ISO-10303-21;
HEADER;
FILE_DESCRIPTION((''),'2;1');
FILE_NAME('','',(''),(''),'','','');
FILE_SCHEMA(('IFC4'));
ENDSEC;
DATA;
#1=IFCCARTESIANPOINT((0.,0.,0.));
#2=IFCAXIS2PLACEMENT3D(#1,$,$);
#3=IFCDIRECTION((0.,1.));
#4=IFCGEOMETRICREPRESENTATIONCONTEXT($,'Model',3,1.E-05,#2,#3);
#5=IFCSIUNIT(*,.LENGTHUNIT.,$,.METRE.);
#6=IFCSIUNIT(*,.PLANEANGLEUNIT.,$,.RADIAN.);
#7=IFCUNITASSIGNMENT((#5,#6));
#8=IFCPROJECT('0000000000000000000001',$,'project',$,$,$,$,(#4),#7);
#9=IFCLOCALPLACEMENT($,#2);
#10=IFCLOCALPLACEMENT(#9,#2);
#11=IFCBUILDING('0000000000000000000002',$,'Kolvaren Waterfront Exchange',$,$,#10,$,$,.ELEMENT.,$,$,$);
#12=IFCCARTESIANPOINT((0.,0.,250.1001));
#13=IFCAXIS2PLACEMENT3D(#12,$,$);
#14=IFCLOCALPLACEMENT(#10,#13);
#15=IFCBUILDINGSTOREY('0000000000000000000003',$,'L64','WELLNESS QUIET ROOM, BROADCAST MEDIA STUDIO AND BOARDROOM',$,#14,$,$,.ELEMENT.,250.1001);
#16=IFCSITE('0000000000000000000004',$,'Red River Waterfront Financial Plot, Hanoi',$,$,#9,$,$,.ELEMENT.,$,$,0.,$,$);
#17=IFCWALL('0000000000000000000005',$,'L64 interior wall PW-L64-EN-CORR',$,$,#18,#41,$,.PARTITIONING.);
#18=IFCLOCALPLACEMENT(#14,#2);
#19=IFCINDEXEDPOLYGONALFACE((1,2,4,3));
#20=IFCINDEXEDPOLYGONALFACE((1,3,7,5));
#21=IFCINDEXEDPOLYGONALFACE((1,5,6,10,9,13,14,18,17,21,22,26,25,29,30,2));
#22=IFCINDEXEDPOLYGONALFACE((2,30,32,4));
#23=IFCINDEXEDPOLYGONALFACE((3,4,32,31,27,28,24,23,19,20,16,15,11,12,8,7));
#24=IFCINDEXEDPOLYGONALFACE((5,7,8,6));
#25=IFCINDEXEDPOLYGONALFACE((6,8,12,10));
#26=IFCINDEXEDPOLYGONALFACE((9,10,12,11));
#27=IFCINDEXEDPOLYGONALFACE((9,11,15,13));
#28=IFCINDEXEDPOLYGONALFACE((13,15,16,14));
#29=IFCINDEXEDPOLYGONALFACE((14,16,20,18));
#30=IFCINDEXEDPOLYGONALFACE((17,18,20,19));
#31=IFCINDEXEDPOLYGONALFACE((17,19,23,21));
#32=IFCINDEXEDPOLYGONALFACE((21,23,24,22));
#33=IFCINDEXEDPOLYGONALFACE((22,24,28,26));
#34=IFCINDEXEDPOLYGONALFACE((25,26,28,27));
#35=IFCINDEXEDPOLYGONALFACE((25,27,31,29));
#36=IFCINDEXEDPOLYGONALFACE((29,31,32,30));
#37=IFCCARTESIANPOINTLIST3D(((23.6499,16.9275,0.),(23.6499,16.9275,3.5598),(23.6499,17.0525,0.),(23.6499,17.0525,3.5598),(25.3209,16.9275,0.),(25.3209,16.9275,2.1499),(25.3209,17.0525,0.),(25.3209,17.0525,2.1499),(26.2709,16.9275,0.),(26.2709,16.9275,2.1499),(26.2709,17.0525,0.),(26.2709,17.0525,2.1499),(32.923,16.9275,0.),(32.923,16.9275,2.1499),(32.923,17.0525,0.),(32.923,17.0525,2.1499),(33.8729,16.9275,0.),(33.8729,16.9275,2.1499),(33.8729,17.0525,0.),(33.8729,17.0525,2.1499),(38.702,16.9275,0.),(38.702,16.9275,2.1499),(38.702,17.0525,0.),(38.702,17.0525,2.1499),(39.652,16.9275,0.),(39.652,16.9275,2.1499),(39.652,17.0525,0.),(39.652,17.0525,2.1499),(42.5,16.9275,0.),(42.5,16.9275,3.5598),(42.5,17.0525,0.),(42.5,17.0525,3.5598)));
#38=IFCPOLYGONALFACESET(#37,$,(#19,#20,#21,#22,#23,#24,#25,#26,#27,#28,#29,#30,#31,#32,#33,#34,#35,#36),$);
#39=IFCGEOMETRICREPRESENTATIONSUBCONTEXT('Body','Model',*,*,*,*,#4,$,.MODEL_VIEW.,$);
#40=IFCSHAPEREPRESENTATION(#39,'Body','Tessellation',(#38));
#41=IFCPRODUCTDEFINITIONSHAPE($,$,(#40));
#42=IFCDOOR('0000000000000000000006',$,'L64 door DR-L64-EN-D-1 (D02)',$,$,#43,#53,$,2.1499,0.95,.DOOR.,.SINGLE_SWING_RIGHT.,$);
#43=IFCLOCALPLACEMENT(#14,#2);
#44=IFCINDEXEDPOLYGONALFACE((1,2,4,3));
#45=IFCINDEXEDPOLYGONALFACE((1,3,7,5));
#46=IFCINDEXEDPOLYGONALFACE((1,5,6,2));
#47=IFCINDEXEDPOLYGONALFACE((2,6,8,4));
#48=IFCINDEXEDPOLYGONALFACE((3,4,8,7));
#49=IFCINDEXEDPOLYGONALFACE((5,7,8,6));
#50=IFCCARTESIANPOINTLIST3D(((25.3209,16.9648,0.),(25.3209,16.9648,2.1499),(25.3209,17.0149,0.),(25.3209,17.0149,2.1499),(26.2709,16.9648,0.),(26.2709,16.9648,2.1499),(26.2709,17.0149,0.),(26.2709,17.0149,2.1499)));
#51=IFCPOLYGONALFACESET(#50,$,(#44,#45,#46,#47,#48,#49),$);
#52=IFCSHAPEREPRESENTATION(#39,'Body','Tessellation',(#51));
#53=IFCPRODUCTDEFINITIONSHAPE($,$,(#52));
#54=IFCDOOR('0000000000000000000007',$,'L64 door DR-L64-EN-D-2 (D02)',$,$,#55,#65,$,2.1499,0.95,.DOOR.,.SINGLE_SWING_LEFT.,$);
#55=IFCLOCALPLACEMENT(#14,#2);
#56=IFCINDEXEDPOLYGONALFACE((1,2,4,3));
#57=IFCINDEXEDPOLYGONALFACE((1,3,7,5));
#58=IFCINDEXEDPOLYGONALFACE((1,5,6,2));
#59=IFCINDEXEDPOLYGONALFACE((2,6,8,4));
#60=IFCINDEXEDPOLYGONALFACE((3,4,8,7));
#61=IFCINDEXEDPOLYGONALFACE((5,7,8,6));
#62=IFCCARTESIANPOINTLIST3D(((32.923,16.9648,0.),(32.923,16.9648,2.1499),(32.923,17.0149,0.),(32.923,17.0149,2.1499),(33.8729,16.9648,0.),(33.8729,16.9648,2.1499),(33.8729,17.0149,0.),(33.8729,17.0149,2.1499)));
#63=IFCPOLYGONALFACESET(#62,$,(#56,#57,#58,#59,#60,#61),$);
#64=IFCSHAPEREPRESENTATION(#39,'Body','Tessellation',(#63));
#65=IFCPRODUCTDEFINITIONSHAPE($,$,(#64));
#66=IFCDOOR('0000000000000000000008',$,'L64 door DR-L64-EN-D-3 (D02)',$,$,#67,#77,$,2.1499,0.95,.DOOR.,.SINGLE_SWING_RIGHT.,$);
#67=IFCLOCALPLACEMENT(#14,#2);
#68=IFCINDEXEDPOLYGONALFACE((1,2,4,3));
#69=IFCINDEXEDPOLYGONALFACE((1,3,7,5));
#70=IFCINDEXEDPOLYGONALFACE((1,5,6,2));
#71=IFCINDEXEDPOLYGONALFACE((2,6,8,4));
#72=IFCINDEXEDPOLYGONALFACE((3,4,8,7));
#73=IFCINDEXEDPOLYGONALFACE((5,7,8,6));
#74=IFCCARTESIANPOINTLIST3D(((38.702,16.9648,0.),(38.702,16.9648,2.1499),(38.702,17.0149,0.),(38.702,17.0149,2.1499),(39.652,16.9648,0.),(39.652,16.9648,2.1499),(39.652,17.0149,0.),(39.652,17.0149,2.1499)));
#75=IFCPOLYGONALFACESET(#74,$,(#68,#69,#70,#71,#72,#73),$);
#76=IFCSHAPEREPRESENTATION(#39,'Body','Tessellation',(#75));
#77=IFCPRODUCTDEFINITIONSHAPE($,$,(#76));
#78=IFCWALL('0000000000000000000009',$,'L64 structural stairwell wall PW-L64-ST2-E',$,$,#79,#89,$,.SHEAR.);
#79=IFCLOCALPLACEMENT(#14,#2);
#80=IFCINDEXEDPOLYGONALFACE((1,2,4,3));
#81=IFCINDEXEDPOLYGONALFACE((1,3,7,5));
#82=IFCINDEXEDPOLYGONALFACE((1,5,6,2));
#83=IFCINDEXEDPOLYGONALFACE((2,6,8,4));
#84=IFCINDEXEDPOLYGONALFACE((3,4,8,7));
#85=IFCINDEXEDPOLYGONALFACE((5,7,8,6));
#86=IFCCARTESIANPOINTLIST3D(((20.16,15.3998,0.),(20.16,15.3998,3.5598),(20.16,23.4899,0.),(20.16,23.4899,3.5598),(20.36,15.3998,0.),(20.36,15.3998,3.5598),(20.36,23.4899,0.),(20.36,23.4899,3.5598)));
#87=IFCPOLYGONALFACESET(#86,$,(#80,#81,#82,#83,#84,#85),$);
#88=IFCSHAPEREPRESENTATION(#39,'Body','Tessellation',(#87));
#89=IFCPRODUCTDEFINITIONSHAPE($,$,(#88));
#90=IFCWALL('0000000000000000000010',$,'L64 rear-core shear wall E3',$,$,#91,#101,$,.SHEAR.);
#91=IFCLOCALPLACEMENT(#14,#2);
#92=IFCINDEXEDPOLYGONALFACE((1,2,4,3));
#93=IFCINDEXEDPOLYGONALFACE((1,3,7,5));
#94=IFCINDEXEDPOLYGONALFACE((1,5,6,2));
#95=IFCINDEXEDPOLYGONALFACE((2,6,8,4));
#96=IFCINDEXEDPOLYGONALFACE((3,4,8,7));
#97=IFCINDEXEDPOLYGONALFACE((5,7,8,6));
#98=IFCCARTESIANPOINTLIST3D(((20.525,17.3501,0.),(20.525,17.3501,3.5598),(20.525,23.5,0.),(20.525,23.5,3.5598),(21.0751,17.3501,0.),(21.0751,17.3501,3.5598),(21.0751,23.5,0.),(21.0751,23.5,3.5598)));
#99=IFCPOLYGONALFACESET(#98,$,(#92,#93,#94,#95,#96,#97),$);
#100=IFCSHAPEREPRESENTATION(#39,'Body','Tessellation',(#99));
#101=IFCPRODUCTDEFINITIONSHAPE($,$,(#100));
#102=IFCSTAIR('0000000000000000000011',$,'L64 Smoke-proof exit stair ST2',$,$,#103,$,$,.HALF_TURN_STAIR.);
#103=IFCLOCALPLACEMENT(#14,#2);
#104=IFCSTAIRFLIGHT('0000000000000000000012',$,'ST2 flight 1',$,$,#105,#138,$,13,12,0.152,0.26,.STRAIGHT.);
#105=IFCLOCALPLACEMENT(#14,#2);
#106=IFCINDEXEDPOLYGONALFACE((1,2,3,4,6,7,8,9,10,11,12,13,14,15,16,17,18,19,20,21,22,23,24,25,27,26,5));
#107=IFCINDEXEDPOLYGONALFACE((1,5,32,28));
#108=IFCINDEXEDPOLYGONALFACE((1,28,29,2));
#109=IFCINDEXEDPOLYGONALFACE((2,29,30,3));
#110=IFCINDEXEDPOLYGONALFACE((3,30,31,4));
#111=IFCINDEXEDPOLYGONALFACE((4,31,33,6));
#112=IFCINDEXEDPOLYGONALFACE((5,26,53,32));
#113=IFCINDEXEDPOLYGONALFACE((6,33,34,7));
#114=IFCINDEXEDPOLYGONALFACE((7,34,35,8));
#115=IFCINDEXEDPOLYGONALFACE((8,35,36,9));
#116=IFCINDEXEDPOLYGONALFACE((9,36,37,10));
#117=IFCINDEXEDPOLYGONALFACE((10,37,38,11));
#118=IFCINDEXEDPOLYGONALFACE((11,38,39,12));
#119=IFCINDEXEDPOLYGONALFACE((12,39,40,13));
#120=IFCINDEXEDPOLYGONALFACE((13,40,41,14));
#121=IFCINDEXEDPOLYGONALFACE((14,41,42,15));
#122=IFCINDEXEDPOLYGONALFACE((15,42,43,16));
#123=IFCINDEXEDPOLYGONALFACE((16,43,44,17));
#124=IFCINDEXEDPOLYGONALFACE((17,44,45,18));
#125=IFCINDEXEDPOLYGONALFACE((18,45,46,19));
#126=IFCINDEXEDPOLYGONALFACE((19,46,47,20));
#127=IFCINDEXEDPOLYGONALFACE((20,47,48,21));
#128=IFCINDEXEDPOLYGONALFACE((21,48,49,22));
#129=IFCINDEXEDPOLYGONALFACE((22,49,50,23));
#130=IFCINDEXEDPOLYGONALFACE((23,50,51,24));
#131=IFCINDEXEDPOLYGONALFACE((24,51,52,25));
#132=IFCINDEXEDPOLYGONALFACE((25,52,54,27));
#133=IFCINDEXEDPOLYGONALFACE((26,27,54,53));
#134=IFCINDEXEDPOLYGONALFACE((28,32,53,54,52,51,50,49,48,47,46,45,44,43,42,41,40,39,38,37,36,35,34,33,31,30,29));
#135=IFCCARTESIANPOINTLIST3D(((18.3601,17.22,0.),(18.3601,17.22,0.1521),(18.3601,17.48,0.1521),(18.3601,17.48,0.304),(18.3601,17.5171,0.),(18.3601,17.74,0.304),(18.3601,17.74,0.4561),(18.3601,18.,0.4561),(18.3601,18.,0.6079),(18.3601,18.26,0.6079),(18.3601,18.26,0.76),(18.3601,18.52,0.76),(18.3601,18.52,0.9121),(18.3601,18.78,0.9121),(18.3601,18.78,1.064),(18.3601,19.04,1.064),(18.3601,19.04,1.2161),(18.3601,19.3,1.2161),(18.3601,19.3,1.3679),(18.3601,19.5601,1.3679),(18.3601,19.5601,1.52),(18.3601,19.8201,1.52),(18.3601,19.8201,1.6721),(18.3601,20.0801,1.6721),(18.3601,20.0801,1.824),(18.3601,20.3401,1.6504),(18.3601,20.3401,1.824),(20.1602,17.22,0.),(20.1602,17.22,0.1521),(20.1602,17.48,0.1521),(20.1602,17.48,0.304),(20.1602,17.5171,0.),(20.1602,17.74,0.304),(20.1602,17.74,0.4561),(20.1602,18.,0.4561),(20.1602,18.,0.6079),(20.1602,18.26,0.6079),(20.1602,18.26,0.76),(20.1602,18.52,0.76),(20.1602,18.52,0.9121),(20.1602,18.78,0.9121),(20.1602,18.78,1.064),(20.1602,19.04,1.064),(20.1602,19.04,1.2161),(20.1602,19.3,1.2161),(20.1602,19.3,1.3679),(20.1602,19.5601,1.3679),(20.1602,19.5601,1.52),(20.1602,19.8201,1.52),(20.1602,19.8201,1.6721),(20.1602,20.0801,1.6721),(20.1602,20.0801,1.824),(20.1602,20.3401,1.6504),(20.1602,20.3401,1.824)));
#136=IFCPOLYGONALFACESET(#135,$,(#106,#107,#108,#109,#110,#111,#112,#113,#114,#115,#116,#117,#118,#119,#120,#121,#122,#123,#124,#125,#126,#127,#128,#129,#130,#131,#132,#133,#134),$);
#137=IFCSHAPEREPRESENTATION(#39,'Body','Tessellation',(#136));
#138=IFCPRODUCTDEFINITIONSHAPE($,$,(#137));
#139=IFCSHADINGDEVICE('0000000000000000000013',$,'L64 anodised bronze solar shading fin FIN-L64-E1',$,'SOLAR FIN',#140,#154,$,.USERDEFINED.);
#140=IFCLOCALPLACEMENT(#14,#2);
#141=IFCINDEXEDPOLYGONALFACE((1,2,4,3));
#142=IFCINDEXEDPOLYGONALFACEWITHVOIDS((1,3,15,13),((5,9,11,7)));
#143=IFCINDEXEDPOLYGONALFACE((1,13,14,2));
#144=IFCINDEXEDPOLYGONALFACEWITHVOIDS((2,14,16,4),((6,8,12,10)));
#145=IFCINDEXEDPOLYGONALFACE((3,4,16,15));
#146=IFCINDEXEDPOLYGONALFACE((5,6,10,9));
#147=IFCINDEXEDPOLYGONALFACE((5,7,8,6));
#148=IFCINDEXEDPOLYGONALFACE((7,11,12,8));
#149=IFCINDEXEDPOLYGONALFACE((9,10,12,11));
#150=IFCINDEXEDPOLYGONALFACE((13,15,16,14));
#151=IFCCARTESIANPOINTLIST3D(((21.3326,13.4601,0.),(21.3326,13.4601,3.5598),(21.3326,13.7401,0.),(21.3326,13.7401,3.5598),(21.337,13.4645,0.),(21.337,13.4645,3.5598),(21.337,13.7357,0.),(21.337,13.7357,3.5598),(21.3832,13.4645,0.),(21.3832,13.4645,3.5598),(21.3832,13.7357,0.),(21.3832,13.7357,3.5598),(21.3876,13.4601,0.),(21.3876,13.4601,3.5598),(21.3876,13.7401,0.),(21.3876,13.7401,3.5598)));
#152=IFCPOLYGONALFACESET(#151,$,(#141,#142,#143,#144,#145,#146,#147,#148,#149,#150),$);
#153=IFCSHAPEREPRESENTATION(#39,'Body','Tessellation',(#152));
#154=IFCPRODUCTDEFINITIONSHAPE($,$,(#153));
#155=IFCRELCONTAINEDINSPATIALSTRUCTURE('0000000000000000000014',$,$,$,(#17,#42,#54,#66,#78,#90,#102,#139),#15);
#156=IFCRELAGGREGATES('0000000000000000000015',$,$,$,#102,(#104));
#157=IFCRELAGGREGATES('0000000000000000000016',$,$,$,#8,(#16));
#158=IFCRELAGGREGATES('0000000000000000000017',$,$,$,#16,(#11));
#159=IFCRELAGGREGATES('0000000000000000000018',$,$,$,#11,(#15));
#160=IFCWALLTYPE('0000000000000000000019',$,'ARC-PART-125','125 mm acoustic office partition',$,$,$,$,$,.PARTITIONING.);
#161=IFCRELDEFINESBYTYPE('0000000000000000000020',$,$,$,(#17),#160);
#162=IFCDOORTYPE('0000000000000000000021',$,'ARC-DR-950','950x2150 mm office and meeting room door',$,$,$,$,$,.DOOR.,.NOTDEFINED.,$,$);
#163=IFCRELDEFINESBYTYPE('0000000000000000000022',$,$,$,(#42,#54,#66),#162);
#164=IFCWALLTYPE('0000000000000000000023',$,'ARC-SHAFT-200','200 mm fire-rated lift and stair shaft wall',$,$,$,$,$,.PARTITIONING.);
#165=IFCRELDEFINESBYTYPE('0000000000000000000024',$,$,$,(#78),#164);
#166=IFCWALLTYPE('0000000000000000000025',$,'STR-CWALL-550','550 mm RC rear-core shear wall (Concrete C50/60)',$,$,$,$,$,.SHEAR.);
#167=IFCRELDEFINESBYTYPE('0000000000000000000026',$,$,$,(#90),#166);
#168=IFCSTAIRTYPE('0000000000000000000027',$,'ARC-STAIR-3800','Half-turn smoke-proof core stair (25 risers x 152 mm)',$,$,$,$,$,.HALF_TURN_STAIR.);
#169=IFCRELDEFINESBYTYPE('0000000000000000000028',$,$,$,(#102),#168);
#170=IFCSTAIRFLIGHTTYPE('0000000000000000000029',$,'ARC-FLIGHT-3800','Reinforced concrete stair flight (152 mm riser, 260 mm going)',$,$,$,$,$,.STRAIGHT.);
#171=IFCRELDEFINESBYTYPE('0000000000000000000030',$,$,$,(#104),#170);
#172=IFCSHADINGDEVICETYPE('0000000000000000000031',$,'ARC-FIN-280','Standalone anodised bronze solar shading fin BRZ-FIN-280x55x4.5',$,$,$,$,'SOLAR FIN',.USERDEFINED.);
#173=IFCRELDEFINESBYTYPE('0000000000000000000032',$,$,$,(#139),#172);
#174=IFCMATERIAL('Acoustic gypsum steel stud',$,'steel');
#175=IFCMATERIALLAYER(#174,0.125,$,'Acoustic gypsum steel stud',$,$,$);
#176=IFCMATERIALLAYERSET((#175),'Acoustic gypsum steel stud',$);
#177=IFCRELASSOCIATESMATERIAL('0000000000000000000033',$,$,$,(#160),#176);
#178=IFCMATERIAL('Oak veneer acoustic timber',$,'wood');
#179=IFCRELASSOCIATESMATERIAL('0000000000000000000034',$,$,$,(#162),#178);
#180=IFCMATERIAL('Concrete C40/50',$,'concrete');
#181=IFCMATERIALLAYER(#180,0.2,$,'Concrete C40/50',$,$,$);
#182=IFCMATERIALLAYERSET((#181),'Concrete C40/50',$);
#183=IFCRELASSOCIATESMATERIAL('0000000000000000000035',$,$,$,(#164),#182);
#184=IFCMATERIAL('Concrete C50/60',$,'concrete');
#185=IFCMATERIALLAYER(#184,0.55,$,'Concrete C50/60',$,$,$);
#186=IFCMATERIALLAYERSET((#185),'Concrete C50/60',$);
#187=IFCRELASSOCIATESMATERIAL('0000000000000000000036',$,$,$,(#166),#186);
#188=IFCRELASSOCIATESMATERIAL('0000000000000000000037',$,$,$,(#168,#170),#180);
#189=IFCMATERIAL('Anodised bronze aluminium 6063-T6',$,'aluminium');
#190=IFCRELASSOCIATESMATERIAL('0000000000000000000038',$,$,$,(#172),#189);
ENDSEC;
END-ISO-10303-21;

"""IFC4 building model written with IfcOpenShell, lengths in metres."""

from ifc_helpers import new_model, si_unit, direction, frame, frame_2d, origin, origin_2d, place, context, subcontext, project, spatial, polyline, rectangle, hollow_rectangle, outline, extrude, material, layer, layer_set, material_profile, profile_set, type_object, element, fill, aggregate, save


model = new_model("IFC4")

# Units and contexts
model_context = context("Model", 3, precision=1e-05, world=origin(), true_north=direction((0.0, 1.0)))
body_context = subcontext(model_context, "Body", "Model", "MODEL_VIEW")
ifc_project = project(units=[si_unit("LENGTHUNIT", "METRE"), si_unit("PLANEANGLEUNIT", "RADIAN")], contexts=[model_context])

# Site, building, storey
site_placement = place(None, origin())
site = spatial("IfcSite", under=ifc_project, at=site_placement, Name="Red River Waterfront Financial Plot, Hanoi", CompositionType="ELEMENT", RefElevation=0.0)
building_placement = place(site_placement, origin())
building = spatial("IfcBuilding", under=site, at=building_placement, Name="Kolvaren Waterfront Exchange", CompositionType="ELEMENT")
storey_placement = place(building_placement, frame((0.0, 0.0, 250.1001)))
storey = spatial("IfcBuildingStorey", under=building, at=storey_placement, Name="L64", Description="WELLNESS QUIET ROOM, BROADCAST MEDIA STUDIO AND BOARDROOM", CompositionType="ELEMENT", Elevation=250.1001)

# Shared definitions
ifc_material_1 = material(Name="Concrete C50/60", Category="concrete")

# Shared definitions
ifc_material_2 = material(Name="Anodised bronze aluminium 6063-T6", Category="aluminium")

# Shared definitions
ifc_material_3 = material(Name="Acoustic gypsum steel stud", Category="steel")
ifc_layer_1 = layer(ifc_material_3, 0.125, Name="Acoustic gypsum steel stud")
ifc_layer_set_1 = layer_set([ifc_layer_1], Name="Acoustic gypsum steel stud")
wall_type_1 = type_object("IfcWallType", Name="ARC-PART-125", Description="125 mm acoustic office partition", PredefinedType="PARTITIONING", material=ifc_layer_set_1)
ifc_material_4 = material(Name="Oak veneer acoustic timber", Category="wood")
door_type = type_object("IfcDoorType", Name="ARC-DR-950", Description="950x2150 mm office and meeting room door", OperationType="NOTDEFINED", PredefinedType="DOOR", material=ifc_material_4)

# Wall, openings, doors
wall_1_placement = place(storey_placement, frame((23.6499, 16.99, 0.0), z_axis=(0.0, 0.0, 1.0), x_axis=(1.0, 0.0, 0.0)))
wall_1 = element("IfcWall", 1, at=wall_1_placement, inside=storey, type_object=wall_type_1, Name="L64 interior wall PW-L64-EN-CORR", PredefinedType="PARTITIONING", context=body_context, shape_type="SweptSolid", body=[
    extrude(rectangle(XDim=18.8501, YDim=0.125, at=frame_2d((9.425, 0.0))), origin(), (0.0, 0.0, 1.0), 3.5598),
])
opening_1_placement = place(wall_1_placement, frame((1.6709, 0.0, 0.0)))
opening_1 = element("IfcOpeningElement", 2, at=opening_1_placement, cuts=wall_1, PredefinedType="OPENING", context=body_context, shape_type="SweptSolid", body=[
    extrude(rectangle(XDim=0.95, YDim=2.1499, at=frame_2d((0.4751, 1.075))), frame((0.0, 0.0725, 0.0), z_axis=(0.0, -1.0, 0.0), x_axis=(1.0, 0.0, 0.0)), (0.0, 0.0, 1.0), 0.145),
])
opening_2_placement = place(wall_1_placement, frame((9.2729, 0.0, 0.0)))
opening_2 = element("IfcOpeningElement", 3, at=opening_2_placement, cuts=wall_1, PredefinedType="OPENING", context=body_context, shape_type="SweptSolid", body=[
    extrude(rectangle(XDim=0.95, YDim=2.1499, at=frame_2d((0.4751, 1.075))), frame((0.0, 0.0725, 0.0), z_axis=(0.0, -1.0, 0.0), x_axis=(1.0, 0.0, 0.0)), (0.0, 0.0, 1.0), 0.145),
])
opening_3_placement = place(wall_1_placement, frame((15.052, 0.0, 0.0)))
opening_3 = element("IfcOpeningElement", 4, at=opening_3_placement, cuts=wall_1, PredefinedType="OPENING", context=body_context, shape_type="SweptSolid", body=[
    extrude(rectangle(XDim=0.95, YDim=2.1499, at=frame_2d((0.4751, 1.075))), frame((0.0, 0.0725, 0.0), z_axis=(0.0, -1.0, 0.0), x_axis=(1.0, 0.0, 0.0)), (0.0, 0.0, 1.0), 0.145),
])
door_1_placement = place(opening_1_placement, origin())
door_1 = element("IfcDoor", 5, at=door_1_placement, inside=storey, type_object=door_type, Name="L64 door DR-L64-EN-D-1 (D02)", OperationType="SINGLE_SWING_RIGHT", OverallHeight=2.1499, OverallWidth=0.95, PredefinedType="DOOR", context=body_context, shape_type="SweptSolid", body=[
    extrude(rectangle(XDim=0.95, YDim=2.1499, at=frame_2d((0.4751, 1.075))), frame((0.0, 0.0249, 0.0), z_axis=(0.0, -1.0, 0.0), x_axis=(1.0, 0.0, 0.0)), (0.0, 0.0, 1.0), 0.05),
])
fill(opening_1, door_1)
door_2_placement = place(opening_2_placement, origin())
door_2 = element("IfcDoor", 6, at=door_2_placement, inside=storey, type_object=door_type, Name="L64 door DR-L64-EN-D-2 (D02)", OperationType="SINGLE_SWING_LEFT", OverallHeight=2.1499, OverallWidth=0.95, PredefinedType="DOOR", context=body_context, shape_type="SweptSolid", body=[
    extrude(rectangle(XDim=0.95, YDim=2.1499, at=frame_2d((0.4751, 1.075))), frame((0.0, 0.0249, 0.0), z_axis=(0.0, -1.0, 0.0), x_axis=(1.0, 0.0, 0.0)), (0.0, 0.0, 1.0), 0.05),
])
fill(opening_2, door_2)
door_3_placement = place(opening_3_placement, origin())
door_3 = element("IfcDoor", 7, at=door_3_placement, inside=storey, type_object=door_type, Name="L64 door DR-L64-EN-D-3 (D02)", OperationType="SINGLE_SWING_RIGHT", OverallHeight=2.1499, OverallWidth=0.95, PredefinedType="DOOR", context=body_context, shape_type="SweptSolid", body=[
    extrude(rectangle(XDim=0.95, YDim=2.1499, at=frame_2d((0.4751, 1.075))), frame((0.0, 0.0249, 0.0), z_axis=(0.0, -1.0, 0.0), x_axis=(1.0, 0.0, 0.0)), (0.0, 0.0, 1.0), 0.05),
])
fill(opening_3, door_3)

# Walls
ifc_material_5 = material(Name="Concrete C40/50", Category="concrete")
ifc_layer_2 = layer(ifc_material_5, 0.2, Name="Concrete C40/50")
ifc_layer_set_2 = layer_set([ifc_layer_2], Name="Concrete C40/50")
wall_type_2 = type_object("IfcWallType", Name="ARC-SHAFT-200", Description="200 mm fire-rated lift and stair shaft wall", PredefinedType="PARTITIONING", material=ifc_layer_set_2)
wall_2_placement = place(storey_placement, frame((20.26, 15.3999, 0.0), z_axis=(0.0, 0.0, 1.0), x_axis=(0.0, 1.0, 0.0)))
element("IfcWall", 8, at=wall_2_placement, inside=storey, type_object=wall_type_2, Name="L64 structural stairwell wall PW-L64-ST2-E", PredefinedType="SHEAR", context=body_context, shape_type="SweptSolid", body=[
    extrude(rectangle(XDim=8.0901, YDim=0.2, at=frame_2d((4.0449, 0.0))), origin(), (0.0, 0.0, 1.0), 3.5598),
])
ifc_layer_3 = layer(ifc_material_1, 0.55, Name="Concrete C50/60")
ifc_layer_set_3 = layer_set([ifc_layer_3], Name="Concrete C50/60")
wall_type_3 = type_object("IfcWallType", Name="STR-CWALL-550", Description="550 mm RC rear-core shear wall (Concrete C50/60)", PredefinedType="SHEAR", material=ifc_layer_set_3)
wall_3_placement = place(storey_placement, frame((20.8, 17.3501, 0.0), z_axis=(0.0, 0.0, 1.0), x_axis=(0.0, 1.0, 0.0)))
element("IfcWall", 9, at=wall_3_placement, inside=storey, type_object=wall_type_3, Name="L64 rear-core shear wall E3", PredefinedType="SHEAR", context=body_context, shape_type="SweptSolid", body=[
    extrude(rectangle(XDim=6.1499, YDim=0.55, at=frame_2d((3.075, 0.0))), origin(), (0.0, 0.0, 1.0), 3.5598),
])

# Stair, stair flight
stair_type = type_object("IfcStairType", Name="ARC-STAIR-3800", Description="Half-turn smoke-proof core stair (25 risers x 152 mm)", PredefinedType="HALF_TURN_STAIR", material=ifc_material_5)
stair_placement = place(storey_placement, origin())
stair = element("IfcStair", 10, at=stair_placement, inside=storey, type_object=stair_type, Name="L64 Smoke-proof exit stair ST2", PredefinedType="HALF_TURN_STAIR")
stair_flight_type = type_object("IfcStairFlightType", Name="ARC-FLIGHT-3800", Description="Reinforced concrete stair flight (152 mm riser, 260 mm going)", PredefinedType="STRAIGHT", material=ifc_material_5)
stair_flight_placement = place(storey_placement, frame((19.26, 17.22, 0.0), z_axis=(0.0, 0.0, 1.0), x_axis=(0.0, 1.0, 0.0)))
stair_flight = element("IfcStairFlight", 11, at=stair_flight_placement, type_object=stair_flight_type, Name="ST2 flight 1", NumberOfRisers=13, NumberOfTreads=12, PredefinedType="STRAIGHT", RiserHeight=0.152, TreadLength=0.26, context=body_context, shape_type="SweptSolid", body=[
    extrude(outline(polyline([(0.0, 0.0), (0.0, 0.1521), (0.26, 0.1521), (0.26, 0.304), (0.52, 0.304), (0.52, 0.4561), (0.78, 0.4561), (0.78, 0.6079), (1.04, 0.6079), (1.04, 0.76), (1.3, 0.76), (1.3, 0.9121), (1.5601, 0.9121), (1.5601, 1.064), (1.8201, 1.064), (1.8201, 1.2161), (2.0801, 1.2161), (2.0801, 1.3679), (2.3401, 1.3679), (2.3401, 1.52), (2.6001, 1.52), (2.6001, 1.6721), (2.8601, 1.6721), (2.8601, 1.824), (3.1201, 1.824), (3.1201, 1.9761), (3.1201, 1.6504), (0.2971, 0.0), (0.0, 0.0)])), frame((0.0, 0.8999, 0.0), z_axis=(0.0, -1.0, 0.0), x_axis=(1.0, 0.0, 0.0)), (0.0, 0.0, 1.0), 1.8),
])
aggregate(stair, [stair_flight])

# Shading device
ifc_material_profile_1 = material_profile(ifc_material_2, hollow_rectangle(XDim=0.0549, YDim=0.28, WallThickness=0.0044, at=origin_2d()), Name="BRZ-FIN-280x55x4.5")
ifc_profile_set_1 = profile_set([ifc_material_profile_1], Name="Anodised bronze aluminium 6063-T6")
shading_device_type = type_object("IfcShadingDeviceType", Name="ARC-FIN-280", Description="Standalone anodised bronze solar shading fin BRZ-FIN-280x55x4.5", ElementType="SOLAR FIN", PredefinedType="USERDEFINED", material=ifc_profile_set_1)
shading_device_placement = place(storey_placement, frame((21.3601, 13.6001, 0.0), z_axis=(0.0, 0.0, 1.0), x_axis=(1.0, 0.0, 0.0)))
element("IfcShadingDevice", 12, at=shading_device_placement, inside=storey, type_object=shading_device_type, Name="L64 anodised bronze solar shading fin FIN-L64-E1", ObjectType="SOLAR FIN", PredefinedType="USERDEFINED", context=body_context, shape_type="SweptSolid", body=[
    extrude(hollow_rectangle(XDim=0.0549, YDim=0.28, WallThickness=0.0044, at=origin_2d()), origin(), (0.0, 0.0, 1.0), 3.5598),
])

save(model, "model.ifc")
